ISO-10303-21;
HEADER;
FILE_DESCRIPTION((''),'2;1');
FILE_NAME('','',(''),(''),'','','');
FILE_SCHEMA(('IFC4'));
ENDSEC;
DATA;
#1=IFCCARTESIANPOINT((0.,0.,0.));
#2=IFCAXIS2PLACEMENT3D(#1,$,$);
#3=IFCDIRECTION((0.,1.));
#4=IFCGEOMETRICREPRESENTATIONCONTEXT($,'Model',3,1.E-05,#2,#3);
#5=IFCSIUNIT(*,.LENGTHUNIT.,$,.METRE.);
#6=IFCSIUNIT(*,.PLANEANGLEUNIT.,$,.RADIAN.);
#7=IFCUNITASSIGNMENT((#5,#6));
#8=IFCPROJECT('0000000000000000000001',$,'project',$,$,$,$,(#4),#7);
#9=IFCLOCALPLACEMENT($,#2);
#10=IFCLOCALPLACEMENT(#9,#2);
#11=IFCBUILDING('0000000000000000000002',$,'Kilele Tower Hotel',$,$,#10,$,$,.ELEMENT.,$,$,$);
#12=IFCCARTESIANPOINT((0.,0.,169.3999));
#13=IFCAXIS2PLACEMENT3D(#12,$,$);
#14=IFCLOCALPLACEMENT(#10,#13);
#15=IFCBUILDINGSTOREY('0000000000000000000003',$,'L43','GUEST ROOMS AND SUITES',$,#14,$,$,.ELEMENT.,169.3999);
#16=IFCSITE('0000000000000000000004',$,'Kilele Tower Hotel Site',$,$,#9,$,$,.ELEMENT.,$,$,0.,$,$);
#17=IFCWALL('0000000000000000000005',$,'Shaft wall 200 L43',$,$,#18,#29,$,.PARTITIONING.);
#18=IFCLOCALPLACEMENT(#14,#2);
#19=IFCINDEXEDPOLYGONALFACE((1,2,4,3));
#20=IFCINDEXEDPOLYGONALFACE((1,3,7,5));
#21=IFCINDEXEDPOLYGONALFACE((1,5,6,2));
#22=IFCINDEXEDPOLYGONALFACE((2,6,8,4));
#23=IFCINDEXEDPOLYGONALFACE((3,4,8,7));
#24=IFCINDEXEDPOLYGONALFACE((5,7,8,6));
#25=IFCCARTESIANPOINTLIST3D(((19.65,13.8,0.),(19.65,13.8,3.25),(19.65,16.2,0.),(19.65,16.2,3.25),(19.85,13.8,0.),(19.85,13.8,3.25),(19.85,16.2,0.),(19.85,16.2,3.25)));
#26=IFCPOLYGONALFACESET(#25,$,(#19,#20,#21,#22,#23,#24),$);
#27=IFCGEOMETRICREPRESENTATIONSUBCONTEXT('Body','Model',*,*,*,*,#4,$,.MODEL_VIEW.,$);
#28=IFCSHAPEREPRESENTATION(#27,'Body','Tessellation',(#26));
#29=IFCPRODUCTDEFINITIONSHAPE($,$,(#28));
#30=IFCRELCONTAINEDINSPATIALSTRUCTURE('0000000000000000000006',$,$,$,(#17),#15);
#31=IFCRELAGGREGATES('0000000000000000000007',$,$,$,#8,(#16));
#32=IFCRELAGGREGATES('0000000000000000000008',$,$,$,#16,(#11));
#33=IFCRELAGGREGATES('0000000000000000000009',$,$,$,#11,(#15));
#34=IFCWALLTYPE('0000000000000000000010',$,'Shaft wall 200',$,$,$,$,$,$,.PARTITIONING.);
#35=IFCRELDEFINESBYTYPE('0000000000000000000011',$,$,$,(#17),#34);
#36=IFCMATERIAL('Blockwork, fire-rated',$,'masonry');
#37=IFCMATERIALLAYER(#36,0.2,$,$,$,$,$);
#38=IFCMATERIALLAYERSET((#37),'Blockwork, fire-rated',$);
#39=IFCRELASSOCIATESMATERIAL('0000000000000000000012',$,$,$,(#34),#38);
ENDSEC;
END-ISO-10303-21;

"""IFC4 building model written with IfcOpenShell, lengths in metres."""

from ifc_helpers import new_model, si_unit, direction, frame, frame_2d, origin, place, context, subcontext, project, spatial, rectangle, extrude, material, layer, layer_set, type_object, element, save


model = new_model("IFC4")

# Units and contexts
model_context = context("Model", 3, precision=1e-05, world=origin(), true_north=direction((0.0, 1.0)))
body_context = subcontext(model_context, "Body", "Model", "MODEL_VIEW")
ifc_project = project(units=[si_unit("LENGTHUNIT", "METRE"), si_unit("PLANEANGLEUNIT", "RADIAN")], contexts=[model_context])

# Site, building, storey
site_placement = place(None, origin())
site = spatial("IfcSite", under=ifc_project, at=site_placement, Name="Kilele Tower Hotel Site", CompositionType="ELEMENT", RefElevation=0.0)
building_placement = place(site_placement, origin())
building = spatial("IfcBuilding", under=site, at=building_placement, Name="Kilele Tower Hotel", CompositionType="ELEMENT")
storey_placement = place(building_placement, frame((0.0, 0.0, 169.3999)))
storey = spatial("IfcBuildingStorey", under=building, at=storey_placement, Name="L43", Description="GUEST ROOMS AND SUITES", CompositionType="ELEMENT", Elevation=169.3999)

# Wall
ifc_material_1 = material(Name="Blockwork, fire-rated", Category="masonry")
ifc_layer_1 = layer(ifc_material_1, 0.2)
ifc_layer_set_1 = layer_set([ifc_layer_1], Name="Blockwork, fire-rated")
wall_type_1 = type_object("IfcWallType", Name="Shaft wall 200", PredefinedType="PARTITIONING", material=ifc_layer_set_1)
wall_1_placement = place(storey_placement, frame((19.75, 13.8, 0.0), z_axis=(0.0, 0.0, 1.0), x_axis=(0.0, 1.0, 0.0)))
element("IfcWall", 1, at=wall_1_placement, inside=storey, type_object=wall_type_1, Name="Shaft wall 200 L43", PredefinedType="PARTITIONING", context=body_context, shape_type="SweptSolid", body=[
    extrude(rectangle(XDim=2.3999, YDim=0.2, at=frame_2d((1.2, 0.0))), origin(), (0.0, 0.0, 1.0), 3.25),
])

save(model, "model.ifc")
